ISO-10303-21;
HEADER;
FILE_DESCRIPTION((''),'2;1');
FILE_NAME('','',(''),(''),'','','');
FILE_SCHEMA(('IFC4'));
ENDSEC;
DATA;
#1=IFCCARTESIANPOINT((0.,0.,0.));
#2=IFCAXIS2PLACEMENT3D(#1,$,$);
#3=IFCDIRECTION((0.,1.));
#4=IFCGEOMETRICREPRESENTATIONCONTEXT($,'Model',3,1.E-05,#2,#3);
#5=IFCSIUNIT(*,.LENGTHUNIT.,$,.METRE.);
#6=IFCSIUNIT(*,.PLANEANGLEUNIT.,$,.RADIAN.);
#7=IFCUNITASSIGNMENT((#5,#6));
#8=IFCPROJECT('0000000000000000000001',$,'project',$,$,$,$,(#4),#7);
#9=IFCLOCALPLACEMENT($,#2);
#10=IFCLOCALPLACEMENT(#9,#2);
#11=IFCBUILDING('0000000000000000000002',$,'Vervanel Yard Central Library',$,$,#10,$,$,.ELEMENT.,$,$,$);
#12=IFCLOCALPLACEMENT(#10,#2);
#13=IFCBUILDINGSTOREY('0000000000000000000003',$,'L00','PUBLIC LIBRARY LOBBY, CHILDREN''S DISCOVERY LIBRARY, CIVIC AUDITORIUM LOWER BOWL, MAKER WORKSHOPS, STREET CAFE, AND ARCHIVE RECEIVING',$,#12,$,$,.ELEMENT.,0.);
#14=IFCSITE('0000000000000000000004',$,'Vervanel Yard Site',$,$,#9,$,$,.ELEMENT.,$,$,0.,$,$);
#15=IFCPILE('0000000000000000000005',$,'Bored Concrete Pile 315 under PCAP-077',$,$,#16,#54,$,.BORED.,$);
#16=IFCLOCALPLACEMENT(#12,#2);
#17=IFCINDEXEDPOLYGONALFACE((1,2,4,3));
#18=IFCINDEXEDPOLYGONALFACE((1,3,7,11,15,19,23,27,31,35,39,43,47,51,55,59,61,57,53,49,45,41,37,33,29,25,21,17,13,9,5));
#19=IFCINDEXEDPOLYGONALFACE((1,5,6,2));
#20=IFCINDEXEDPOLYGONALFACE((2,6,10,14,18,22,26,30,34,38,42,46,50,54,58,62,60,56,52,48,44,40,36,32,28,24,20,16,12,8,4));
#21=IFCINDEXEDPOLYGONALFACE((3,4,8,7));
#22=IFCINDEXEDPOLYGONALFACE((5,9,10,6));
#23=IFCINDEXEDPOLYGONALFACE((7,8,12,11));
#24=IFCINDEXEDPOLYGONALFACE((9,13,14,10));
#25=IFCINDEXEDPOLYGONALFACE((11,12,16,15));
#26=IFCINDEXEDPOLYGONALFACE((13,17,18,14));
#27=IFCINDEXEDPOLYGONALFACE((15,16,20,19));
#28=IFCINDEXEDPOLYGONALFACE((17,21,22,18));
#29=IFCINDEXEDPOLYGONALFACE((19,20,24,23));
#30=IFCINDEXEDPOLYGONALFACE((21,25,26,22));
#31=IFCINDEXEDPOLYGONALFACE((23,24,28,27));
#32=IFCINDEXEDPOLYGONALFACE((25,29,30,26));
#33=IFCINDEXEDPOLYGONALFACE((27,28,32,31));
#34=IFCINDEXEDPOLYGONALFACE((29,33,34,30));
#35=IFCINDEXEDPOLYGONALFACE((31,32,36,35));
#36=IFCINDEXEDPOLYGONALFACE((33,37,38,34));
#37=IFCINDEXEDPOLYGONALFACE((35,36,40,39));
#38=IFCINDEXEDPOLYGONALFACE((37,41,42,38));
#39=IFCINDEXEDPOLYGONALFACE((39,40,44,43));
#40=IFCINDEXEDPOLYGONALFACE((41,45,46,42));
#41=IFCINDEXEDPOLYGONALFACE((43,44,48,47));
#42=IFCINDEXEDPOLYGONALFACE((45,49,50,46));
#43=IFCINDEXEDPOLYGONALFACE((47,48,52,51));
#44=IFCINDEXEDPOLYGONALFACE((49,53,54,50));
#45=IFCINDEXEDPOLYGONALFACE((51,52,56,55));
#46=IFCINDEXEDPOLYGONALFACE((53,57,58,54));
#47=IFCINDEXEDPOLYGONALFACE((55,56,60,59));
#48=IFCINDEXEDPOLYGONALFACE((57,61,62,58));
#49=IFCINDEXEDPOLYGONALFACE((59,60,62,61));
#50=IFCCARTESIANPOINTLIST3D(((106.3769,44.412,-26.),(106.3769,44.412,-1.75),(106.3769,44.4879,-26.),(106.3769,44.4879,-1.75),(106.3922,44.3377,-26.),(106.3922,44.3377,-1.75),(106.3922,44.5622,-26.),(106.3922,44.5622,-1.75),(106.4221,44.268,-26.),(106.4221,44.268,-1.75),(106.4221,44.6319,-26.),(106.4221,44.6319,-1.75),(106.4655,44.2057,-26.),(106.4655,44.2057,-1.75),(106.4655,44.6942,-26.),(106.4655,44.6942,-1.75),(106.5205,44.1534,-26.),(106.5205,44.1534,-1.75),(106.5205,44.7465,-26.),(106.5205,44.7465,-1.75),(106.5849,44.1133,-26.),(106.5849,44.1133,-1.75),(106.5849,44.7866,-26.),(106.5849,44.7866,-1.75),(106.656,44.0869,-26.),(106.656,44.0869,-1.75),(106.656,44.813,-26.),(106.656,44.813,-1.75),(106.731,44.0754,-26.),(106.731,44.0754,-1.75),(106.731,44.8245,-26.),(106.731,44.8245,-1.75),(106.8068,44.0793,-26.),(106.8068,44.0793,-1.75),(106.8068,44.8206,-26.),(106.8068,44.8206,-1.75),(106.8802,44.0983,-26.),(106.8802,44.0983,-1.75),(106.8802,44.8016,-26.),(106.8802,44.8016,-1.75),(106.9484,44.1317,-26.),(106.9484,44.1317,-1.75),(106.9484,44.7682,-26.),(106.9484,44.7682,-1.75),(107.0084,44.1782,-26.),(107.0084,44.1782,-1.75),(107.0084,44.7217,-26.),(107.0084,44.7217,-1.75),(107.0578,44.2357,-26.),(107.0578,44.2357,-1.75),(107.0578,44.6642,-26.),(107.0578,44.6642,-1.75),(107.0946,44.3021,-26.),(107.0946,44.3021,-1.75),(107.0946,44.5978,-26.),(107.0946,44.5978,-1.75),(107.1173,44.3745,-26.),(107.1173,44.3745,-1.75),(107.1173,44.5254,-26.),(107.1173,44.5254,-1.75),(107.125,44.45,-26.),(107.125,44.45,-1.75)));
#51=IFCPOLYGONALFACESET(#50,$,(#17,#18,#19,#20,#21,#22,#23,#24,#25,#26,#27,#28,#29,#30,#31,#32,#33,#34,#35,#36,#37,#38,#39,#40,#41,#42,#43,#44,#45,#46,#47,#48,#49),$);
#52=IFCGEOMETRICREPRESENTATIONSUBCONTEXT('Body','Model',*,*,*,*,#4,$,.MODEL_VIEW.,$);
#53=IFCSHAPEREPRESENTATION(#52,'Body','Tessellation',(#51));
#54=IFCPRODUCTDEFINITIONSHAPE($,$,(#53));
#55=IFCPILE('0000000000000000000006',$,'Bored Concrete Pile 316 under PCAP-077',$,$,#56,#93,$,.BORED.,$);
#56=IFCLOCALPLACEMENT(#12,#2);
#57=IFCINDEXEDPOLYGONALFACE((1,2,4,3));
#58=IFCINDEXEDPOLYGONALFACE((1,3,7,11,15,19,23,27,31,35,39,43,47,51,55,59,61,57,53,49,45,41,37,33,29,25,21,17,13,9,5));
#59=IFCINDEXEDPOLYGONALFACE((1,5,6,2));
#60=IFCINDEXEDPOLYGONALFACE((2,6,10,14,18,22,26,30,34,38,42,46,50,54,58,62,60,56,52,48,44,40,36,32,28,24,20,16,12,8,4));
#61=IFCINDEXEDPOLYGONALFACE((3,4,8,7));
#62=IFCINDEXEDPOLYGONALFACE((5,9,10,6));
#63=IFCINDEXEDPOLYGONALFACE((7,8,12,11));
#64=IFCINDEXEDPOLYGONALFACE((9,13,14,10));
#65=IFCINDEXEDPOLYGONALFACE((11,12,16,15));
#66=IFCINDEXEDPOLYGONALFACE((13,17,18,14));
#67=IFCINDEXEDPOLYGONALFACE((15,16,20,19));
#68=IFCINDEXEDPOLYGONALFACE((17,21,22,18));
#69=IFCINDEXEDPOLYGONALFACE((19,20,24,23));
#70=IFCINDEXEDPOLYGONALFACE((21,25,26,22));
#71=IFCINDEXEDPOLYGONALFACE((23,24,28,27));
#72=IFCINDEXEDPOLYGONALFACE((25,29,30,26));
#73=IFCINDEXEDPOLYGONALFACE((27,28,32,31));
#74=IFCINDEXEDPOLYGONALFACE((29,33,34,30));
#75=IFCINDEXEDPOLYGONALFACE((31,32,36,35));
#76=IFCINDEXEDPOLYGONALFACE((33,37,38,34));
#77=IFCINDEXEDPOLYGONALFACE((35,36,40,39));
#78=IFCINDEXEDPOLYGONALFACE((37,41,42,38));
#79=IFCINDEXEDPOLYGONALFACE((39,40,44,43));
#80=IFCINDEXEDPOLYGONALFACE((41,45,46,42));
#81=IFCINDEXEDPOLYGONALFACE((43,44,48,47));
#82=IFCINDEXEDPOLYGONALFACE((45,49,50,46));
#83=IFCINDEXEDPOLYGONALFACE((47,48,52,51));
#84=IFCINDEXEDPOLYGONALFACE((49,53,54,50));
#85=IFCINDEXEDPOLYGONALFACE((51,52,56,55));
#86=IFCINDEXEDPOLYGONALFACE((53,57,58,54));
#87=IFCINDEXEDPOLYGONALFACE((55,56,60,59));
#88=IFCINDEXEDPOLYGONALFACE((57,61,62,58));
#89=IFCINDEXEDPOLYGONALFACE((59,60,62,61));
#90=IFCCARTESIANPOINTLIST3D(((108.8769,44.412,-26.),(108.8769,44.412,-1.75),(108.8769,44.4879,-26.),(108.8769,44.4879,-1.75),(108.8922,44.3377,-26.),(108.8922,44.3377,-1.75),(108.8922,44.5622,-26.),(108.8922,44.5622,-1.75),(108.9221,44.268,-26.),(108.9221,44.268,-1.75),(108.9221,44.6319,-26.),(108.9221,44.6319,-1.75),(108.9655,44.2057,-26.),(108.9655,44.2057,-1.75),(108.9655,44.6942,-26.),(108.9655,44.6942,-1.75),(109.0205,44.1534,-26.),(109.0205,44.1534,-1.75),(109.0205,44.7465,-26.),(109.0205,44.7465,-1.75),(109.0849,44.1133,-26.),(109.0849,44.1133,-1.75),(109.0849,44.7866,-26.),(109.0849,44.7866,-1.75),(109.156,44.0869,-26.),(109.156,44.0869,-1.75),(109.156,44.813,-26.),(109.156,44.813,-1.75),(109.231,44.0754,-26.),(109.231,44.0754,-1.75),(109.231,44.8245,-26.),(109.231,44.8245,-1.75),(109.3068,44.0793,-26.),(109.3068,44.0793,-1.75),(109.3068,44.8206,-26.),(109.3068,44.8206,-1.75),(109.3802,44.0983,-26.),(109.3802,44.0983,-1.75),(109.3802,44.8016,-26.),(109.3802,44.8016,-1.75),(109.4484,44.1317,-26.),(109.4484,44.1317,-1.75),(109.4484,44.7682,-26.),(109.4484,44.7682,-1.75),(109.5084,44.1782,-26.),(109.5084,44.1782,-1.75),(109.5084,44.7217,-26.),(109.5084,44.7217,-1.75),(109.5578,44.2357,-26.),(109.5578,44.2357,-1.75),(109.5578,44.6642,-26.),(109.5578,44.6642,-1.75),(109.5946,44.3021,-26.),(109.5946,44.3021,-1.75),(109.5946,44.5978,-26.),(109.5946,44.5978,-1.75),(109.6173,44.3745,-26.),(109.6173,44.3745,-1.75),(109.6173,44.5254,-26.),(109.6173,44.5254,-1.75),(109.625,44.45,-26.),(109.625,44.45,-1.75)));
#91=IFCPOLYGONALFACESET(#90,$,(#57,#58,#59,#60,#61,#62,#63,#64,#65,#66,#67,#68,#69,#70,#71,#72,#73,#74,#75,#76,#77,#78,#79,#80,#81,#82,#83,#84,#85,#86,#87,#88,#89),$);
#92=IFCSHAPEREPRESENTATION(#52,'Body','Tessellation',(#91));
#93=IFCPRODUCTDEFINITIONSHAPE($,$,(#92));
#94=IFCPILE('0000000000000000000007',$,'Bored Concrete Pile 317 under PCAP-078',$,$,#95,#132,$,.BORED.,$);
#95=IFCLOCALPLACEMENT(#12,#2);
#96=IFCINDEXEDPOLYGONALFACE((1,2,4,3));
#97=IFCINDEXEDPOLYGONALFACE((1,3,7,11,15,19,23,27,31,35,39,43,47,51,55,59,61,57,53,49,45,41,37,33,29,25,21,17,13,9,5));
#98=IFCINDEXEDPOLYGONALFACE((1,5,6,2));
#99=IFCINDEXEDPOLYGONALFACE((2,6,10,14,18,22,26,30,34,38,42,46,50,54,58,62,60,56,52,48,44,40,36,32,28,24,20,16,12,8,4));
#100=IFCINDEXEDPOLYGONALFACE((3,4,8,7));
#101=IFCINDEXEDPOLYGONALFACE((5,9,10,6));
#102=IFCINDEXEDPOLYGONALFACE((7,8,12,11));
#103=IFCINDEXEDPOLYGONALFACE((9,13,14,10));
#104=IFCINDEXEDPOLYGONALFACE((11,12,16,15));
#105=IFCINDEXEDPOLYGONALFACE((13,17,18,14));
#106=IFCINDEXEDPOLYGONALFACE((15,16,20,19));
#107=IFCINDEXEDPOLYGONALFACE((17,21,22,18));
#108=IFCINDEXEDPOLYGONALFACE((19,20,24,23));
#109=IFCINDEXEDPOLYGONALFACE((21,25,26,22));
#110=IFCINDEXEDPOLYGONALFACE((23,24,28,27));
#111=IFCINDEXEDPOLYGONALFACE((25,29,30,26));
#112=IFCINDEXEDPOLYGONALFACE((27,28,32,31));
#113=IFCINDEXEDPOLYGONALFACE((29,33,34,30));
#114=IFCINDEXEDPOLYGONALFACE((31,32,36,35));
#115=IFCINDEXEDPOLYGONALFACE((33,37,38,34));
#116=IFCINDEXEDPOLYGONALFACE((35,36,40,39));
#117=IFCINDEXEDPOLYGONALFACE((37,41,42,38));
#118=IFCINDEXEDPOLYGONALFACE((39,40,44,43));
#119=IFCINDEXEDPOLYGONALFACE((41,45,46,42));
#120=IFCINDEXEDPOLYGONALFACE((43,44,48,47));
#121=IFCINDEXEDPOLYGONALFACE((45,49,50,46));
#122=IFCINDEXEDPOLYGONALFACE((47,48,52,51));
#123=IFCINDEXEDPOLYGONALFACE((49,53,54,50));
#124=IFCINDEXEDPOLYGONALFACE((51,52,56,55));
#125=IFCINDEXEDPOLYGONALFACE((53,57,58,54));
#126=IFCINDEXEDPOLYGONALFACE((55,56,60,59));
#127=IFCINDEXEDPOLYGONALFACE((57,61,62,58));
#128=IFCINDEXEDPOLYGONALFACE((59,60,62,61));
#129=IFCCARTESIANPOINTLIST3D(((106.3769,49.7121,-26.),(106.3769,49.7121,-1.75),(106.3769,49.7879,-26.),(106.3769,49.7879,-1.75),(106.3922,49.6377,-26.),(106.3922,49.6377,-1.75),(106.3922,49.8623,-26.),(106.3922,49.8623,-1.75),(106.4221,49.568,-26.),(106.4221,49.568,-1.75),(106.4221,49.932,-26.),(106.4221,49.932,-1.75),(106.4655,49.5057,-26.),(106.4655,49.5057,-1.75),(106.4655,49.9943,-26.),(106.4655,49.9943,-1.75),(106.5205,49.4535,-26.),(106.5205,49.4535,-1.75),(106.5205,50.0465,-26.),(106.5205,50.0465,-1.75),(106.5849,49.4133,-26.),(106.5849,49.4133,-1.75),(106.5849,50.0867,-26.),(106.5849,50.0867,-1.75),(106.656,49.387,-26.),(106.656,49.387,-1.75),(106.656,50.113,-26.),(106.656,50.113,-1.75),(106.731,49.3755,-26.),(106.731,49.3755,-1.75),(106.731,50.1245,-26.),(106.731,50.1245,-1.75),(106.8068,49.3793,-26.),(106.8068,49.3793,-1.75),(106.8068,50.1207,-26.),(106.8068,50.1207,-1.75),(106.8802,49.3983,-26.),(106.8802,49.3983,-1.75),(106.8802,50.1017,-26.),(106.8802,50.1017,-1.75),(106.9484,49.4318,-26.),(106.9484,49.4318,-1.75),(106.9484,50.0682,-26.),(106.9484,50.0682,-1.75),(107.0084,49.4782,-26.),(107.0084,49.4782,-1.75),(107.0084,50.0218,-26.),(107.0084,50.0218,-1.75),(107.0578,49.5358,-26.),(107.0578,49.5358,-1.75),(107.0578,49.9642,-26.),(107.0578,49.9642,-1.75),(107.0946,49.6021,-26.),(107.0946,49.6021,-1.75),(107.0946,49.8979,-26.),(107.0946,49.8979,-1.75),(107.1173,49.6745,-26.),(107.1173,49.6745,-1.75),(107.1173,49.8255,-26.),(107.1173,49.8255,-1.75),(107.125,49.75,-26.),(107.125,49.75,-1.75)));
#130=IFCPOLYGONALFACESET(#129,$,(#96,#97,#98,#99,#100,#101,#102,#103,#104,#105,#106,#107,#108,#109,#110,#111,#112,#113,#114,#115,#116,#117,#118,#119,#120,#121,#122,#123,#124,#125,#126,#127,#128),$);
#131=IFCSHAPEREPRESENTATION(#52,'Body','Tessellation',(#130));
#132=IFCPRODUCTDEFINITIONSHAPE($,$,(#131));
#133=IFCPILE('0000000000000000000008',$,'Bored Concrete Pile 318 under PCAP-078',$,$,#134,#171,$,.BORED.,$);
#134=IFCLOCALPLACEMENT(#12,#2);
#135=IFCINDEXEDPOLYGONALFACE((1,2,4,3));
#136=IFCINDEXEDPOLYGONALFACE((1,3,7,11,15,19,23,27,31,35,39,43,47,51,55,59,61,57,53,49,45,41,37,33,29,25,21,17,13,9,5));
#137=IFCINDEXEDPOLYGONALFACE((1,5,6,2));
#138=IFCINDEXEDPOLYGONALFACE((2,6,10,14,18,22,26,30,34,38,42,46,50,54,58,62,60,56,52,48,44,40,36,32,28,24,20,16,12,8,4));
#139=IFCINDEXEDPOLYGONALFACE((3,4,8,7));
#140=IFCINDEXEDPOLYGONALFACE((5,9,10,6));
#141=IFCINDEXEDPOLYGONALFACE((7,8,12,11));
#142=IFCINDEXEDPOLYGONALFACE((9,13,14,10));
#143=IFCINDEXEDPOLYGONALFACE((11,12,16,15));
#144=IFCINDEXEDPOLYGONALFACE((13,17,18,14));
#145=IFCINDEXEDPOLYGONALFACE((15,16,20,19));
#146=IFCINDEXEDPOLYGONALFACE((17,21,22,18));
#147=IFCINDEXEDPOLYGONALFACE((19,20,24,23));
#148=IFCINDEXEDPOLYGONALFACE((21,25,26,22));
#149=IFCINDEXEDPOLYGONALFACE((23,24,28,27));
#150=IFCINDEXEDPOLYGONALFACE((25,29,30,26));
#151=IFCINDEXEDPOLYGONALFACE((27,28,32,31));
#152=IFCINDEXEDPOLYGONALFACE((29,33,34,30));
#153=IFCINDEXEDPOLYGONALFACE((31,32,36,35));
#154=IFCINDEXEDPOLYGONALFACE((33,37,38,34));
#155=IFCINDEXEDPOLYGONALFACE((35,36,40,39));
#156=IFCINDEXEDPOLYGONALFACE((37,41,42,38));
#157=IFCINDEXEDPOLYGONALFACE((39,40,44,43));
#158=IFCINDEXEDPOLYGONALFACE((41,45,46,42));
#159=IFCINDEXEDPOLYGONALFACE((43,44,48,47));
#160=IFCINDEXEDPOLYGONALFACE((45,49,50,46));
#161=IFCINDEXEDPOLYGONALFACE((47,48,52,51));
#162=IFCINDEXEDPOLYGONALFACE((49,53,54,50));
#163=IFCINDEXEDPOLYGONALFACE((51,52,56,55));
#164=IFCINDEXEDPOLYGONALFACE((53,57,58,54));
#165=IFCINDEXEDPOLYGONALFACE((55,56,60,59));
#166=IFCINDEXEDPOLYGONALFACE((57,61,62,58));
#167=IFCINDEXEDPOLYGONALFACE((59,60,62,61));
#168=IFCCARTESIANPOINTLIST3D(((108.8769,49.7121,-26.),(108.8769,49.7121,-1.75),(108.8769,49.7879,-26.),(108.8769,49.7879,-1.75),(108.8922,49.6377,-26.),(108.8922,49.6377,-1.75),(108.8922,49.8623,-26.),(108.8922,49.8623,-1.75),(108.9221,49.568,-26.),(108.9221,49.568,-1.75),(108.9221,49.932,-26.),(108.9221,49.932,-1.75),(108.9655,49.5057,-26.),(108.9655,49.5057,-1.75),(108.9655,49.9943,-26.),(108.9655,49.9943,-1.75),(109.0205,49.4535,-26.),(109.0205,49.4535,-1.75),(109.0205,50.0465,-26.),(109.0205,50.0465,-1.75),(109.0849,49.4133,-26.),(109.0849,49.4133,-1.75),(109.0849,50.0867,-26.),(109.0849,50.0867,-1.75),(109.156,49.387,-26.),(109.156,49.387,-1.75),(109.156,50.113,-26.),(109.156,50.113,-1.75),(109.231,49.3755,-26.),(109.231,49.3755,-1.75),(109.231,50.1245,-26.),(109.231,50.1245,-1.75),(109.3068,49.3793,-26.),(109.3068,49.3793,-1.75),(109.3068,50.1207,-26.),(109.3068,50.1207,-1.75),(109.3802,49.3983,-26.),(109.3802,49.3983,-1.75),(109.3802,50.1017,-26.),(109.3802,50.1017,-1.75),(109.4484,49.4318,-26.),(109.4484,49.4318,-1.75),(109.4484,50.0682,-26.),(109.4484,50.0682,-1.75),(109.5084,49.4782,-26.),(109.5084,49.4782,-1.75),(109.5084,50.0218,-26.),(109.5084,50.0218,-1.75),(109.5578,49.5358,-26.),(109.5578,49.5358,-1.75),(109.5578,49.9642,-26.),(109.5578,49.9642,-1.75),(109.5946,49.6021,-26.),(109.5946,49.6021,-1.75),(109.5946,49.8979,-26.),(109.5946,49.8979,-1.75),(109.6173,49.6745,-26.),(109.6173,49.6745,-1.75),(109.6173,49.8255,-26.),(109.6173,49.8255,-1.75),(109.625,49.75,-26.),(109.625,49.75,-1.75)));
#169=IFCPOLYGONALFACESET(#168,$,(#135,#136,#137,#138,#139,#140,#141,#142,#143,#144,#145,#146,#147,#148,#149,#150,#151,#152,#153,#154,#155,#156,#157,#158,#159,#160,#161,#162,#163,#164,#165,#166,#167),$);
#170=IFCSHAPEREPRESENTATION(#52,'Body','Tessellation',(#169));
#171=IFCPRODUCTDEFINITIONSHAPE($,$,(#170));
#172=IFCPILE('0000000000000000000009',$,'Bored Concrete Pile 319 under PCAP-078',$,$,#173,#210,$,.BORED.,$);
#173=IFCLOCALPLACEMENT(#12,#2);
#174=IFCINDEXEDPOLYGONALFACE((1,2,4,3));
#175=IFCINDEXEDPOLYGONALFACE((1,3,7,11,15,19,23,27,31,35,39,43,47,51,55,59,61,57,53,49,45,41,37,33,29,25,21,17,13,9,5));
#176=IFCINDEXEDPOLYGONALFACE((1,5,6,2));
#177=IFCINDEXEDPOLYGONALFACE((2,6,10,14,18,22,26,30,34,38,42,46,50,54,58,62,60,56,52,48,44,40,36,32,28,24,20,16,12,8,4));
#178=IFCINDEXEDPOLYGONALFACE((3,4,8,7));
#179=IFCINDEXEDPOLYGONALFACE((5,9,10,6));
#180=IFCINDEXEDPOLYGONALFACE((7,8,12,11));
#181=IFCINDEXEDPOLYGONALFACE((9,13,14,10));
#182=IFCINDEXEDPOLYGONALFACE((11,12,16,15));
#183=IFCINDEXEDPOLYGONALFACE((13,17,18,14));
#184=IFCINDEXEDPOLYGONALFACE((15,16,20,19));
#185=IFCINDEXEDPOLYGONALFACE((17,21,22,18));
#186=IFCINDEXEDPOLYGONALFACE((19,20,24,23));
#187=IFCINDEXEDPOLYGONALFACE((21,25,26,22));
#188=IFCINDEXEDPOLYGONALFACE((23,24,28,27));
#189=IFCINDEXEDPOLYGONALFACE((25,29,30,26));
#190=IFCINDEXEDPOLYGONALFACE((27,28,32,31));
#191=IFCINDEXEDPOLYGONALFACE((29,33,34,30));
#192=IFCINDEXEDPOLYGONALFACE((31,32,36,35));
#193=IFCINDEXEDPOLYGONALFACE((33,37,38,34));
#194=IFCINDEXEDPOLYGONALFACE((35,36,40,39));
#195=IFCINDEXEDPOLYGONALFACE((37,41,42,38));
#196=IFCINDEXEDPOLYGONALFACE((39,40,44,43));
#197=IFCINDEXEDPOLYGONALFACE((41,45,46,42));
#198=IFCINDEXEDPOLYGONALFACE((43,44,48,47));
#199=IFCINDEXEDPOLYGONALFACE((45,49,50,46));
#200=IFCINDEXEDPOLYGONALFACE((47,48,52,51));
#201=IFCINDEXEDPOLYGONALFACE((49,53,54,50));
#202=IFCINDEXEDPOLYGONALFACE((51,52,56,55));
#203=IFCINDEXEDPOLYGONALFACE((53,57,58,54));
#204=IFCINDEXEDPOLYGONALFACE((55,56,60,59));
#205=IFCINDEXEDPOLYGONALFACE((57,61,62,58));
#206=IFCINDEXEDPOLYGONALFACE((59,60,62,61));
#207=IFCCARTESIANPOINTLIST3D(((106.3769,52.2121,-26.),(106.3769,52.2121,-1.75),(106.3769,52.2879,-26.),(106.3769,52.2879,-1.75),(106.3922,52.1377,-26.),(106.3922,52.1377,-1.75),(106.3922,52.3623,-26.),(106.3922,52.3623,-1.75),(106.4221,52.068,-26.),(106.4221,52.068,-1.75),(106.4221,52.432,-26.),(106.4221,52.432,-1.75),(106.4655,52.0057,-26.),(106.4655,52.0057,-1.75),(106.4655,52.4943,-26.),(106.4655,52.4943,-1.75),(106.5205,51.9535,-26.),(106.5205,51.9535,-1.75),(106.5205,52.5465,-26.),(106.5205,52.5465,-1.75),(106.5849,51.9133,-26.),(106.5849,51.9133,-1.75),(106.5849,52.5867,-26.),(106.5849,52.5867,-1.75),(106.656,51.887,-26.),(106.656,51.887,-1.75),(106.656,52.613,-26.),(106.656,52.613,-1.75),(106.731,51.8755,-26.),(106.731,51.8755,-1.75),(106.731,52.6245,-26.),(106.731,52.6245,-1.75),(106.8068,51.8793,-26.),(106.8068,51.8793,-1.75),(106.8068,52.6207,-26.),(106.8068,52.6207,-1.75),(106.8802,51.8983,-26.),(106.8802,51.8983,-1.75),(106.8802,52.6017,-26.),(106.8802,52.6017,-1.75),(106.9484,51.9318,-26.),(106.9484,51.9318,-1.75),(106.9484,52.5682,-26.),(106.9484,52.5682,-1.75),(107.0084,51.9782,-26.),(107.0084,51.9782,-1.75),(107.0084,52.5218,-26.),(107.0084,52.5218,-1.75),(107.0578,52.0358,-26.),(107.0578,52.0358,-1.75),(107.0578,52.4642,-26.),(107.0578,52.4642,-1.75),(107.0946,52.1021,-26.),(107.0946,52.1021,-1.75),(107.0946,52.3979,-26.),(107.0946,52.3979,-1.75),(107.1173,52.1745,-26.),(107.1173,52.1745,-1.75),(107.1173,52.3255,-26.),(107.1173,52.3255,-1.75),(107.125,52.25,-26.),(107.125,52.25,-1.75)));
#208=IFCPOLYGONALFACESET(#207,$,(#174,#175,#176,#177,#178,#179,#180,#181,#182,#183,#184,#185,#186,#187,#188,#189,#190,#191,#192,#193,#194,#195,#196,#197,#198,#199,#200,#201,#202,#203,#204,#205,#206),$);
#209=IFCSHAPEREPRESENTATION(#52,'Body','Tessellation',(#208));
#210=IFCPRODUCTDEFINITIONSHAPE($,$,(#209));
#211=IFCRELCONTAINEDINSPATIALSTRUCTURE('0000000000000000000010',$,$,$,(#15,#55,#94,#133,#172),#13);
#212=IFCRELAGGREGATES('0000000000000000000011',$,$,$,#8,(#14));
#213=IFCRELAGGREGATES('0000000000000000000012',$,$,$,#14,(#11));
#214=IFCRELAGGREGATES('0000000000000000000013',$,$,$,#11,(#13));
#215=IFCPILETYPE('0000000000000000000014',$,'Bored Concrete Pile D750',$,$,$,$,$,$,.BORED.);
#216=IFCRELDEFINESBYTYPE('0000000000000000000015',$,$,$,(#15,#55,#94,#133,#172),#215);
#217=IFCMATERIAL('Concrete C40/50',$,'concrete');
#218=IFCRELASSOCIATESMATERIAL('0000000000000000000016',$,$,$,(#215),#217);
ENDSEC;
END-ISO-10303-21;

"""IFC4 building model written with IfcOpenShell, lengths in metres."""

from ifc_helpers import new_model, si_unit, direction, frame, origin, origin_2d, place, context, subcontext, project, spatial, circle, extrude, material, material_profile, profile_set, type_object, element, save


model = new_model("IFC4")

# Units and contexts
model_context = context("Model", 3, precision=1e-05, world=origin(), true_north=direction((0.0, 1.0)))
body_context = subcontext(model_context, "Body", "Model", "MODEL_VIEW")
ifc_project = project(units=[si_unit("LENGTHUNIT", "METRE"), si_unit("PLANEANGLEUNIT", "RADIAN")], contexts=[model_context])

# Site, building, storey
site_placement = place(None, origin())
site = spatial("IfcSite", under=ifc_project, at=site_placement, Name="Vervanel Yard Site", CompositionType="ELEMENT", RefElevation=0.0)
building_placement = place(site_placement, origin())
building = spatial("IfcBuilding", under=site, at=building_placement, Name="Vervanel Yard Central Library", CompositionType="ELEMENT")
storey_placement = place(building_placement, origin())
storey = spatial("IfcBuildingStorey", under=building, at=storey_placement, Name="L00", Description="PUBLIC LIBRARY LOBBY, CHILDREN'S DISCOVERY LIBRARY, CIVIC AUDITORIUM LOWER BOWL, MAKER WORKSHOPS, STREET CAFE, AND ARCHIVE RECEIVING", CompositionType="ELEMENT", Elevation=0.0)

# Piles
ifc_material_1 = material(Name="Concrete C40/50", Category="concrete")
ifc_material_profile_1 = material_profile(ifc_material_1, circle(Radius=0.375, at=origin_2d()), Name="BP D750", Category="concrete")
ifc_profile_set_1 = profile_set([ifc_material_profile_1], Name="Concrete C40/50")
pile_type_1 = type_object("IfcPileType", Name="Bored Concrete Pile D750", PredefinedType="BORED", material=ifc_profile_set_1)
for number, where, z_axis, x_axis, name in (
    (1, (106.75, 44.45, -1.75), (0.0, 0.0, -1.0), (1.0, 0.0, 0.0), "Bored Concrete Pile 315 under PCAP-077"),
    (2, (109.25, 44.45, -1.75), (0.0, 0.0, -1.0), (1.0, 0.0, 0.0), "Bored Concrete Pile 316 under PCAP-077"),
    (3, (106.75, 49.75, -1.75), (0.0, 0.0, -1.0), (1.0, 0.0, 0.0), "Bored Concrete Pile 317 under PCAP-078"),
    (4, (109.25, 49.75, -1.75), (0.0, 0.0, -1.0), (1.0, 0.0, 0.0), "Bored Concrete Pile 318 under PCAP-078"),
    (5, (106.75, 52.25, -1.75), (0.0, 0.0, -1.0), (1.0, 0.0, 0.0), "Bored Concrete Pile 319 under PCAP-078"),
):
    element("IfcPile", number, at=place(storey_placement, frame(where, z_axis=z_axis, x_axis=x_axis)), inside=storey, type_object=pile_type_1, Name=name, PredefinedType="BORED", context=body_context, shape_type="SweptSolid", body=[
        extrude(circle(Radius=0.375, at=origin_2d()), origin(), (0.0, 0.0, 1.0), 24.25),
    ])

save(model, "model.ifc")
